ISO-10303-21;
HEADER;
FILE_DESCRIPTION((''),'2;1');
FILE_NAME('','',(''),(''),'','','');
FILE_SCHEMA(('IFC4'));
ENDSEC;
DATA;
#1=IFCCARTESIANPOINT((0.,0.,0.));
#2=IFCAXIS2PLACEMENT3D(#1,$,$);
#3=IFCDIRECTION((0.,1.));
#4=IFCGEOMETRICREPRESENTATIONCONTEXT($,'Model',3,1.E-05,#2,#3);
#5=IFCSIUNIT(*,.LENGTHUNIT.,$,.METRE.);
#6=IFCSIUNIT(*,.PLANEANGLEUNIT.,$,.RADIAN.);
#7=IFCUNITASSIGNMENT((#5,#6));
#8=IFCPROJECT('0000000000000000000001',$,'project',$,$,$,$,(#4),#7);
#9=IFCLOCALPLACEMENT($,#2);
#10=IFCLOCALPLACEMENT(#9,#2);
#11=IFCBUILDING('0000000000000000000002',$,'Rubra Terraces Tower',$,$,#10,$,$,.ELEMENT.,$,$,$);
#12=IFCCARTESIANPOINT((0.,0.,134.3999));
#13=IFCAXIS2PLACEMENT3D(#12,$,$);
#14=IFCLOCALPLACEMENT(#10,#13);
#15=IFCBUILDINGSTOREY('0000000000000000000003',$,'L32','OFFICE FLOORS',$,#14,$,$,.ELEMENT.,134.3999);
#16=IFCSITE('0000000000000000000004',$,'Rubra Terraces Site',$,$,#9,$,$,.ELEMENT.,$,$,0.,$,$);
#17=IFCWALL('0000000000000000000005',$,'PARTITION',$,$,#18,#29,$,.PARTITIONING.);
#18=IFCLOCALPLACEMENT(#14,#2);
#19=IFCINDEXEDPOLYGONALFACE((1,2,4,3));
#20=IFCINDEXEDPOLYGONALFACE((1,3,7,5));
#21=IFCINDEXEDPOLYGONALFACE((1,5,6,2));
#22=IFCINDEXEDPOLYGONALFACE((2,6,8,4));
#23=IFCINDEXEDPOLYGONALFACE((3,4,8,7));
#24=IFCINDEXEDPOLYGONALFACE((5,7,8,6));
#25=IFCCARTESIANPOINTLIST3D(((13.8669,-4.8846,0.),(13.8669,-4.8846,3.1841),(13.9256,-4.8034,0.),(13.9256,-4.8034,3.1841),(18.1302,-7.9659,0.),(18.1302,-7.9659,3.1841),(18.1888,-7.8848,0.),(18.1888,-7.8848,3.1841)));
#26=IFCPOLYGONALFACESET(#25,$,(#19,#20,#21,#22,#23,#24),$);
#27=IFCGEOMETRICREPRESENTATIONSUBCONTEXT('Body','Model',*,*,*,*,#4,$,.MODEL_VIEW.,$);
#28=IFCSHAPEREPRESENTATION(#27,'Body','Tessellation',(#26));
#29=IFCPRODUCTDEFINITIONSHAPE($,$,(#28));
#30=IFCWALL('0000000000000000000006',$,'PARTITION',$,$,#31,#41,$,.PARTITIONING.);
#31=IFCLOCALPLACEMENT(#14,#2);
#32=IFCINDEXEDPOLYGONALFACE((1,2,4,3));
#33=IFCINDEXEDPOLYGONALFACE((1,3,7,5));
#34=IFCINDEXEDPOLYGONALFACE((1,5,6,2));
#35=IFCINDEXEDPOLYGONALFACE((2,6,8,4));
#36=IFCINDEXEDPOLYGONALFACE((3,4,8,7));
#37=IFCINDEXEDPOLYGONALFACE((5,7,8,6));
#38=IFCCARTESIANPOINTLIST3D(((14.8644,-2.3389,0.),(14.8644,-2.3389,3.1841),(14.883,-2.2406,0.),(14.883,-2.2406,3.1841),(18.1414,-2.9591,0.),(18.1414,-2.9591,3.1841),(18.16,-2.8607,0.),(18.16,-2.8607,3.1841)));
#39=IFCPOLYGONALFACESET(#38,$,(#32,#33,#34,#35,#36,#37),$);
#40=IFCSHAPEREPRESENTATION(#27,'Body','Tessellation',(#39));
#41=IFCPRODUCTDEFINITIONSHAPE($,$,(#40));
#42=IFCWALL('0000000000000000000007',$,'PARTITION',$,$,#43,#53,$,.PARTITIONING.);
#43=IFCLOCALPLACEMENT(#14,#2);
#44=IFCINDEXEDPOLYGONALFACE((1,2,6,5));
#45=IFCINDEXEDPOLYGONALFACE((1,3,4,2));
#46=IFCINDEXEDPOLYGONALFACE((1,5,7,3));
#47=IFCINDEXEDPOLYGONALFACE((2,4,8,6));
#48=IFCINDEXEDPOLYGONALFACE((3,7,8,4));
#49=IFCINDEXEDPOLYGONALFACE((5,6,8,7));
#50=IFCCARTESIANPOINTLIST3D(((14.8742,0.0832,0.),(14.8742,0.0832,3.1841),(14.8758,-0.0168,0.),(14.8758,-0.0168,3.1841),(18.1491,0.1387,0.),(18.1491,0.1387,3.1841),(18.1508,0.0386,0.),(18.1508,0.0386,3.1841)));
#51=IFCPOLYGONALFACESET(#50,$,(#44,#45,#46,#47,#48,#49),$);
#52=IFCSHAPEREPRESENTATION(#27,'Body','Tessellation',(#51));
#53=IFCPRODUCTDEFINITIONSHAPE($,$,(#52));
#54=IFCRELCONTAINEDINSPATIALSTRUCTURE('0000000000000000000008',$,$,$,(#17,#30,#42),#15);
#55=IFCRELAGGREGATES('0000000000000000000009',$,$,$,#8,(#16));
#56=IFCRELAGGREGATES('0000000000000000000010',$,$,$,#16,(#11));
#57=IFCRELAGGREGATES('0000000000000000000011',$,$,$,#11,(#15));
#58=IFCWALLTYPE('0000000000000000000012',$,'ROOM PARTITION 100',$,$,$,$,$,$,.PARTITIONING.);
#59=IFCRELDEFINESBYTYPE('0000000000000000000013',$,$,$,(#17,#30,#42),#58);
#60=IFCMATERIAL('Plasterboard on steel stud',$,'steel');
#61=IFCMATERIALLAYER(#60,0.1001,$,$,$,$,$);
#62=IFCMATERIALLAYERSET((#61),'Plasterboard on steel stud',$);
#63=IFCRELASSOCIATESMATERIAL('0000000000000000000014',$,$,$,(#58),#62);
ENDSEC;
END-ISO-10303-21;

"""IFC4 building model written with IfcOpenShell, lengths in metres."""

from ifc_helpers import new_model, si_unit, direction, frame, frame_2d, origin, place, context, subcontext, project, spatial, rectangle, extrude, material, layer, layer_set, type_object, element, save


model = new_model("IFC4")

# Units and contexts
model_context = context("Model", 3, precision=1e-05, world=origin(), true_north=direction((0.0, 1.0)))
body_context = subcontext(model_context, "Body", "Model", "MODEL_VIEW")
ifc_project = project(units=[si_unit("LENGTHUNIT", "METRE"), si_unit("PLANEANGLEUNIT", "RADIAN")], contexts=[model_context])

# Site, building, storey
site_placement = place(None, origin())
site = spatial("IfcSite", under=ifc_project, at=site_placement, Name="Rubra Terraces Site", CompositionType="ELEMENT", RefElevation=0.0)
building_placement = place(site_placement, origin())
building = spatial("IfcBuilding", under=site, at=building_placement, Name="Rubra Terraces Tower", CompositionType="ELEMENT")
storey_placement = place(building_placement, frame((0.0, 0.0, 134.3999)))
storey = spatial("IfcBuildingStorey", under=building, at=storey_placement, Name="L32", Description="OFFICE FLOORS", CompositionType="ELEMENT", Elevation=134.3999)

# Shared definitions
ifc_material_1 = material(Name="Plasterboard on steel stud", Category="steel")
ifc_layer_1 = layer(ifc_material_1, 0.1001)
ifc_layer_set_1 = layer_set([ifc_layer_1], Name="Plasterboard on steel stud")
wall_type_1 = type_object("IfcWallType", Name="ROOM PARTITION 100", PredefinedType="PARTITIONING", material=ifc_layer_set_1)

# Walls
wall_1_placement = place(storey_placement, frame((13.8962, -4.844, 0.0), z_axis=(0.0, 0.0, 1.0), x_axis=(0.810469, -0.585782, 0.0)))
element("IfcWall", 1, at=wall_1_placement, inside=storey, type_object=wall_type_1, Name="PARTITION", PredefinedType="PARTITIONING", context=body_context, shape_type="SweptSolid", body=[
    extrude(rectangle(XDim=5.2603, YDim=0.1001, at=frame_2d((2.6301, 0.0))), origin(), (0.0, 0.0, 1.0), 3.1841),
])
wall_2_placement = place(storey_placement, frame((14.8738, -2.2898, 0.0), z_axis=(0.0, 0.0, 1.0), x_axis=(0.982563, -0.185928, 0.0)))
element("IfcWall", 2, at=wall_2_placement, inside=storey, type_object=wall_type_1, Name="PARTITION", PredefinedType="PARTITIONING", context=body_context, shape_type="SweptSolid", body=[
    extrude(rectangle(XDim=3.3352, YDim=0.1001, at=frame_2d((1.6675, 0.0))), origin(), (0.0, 0.0, 1.0), 3.1841),
])
wall_3_placement = place(storey_placement, frame((14.875, 0.0332, 0.0), z_axis=(0.0, 0.0, 1.0), x_axis=(0.999857, 0.01692, 0.0)))
element("IfcWall", 3, at=wall_3_placement, inside=storey, type_object=wall_type_1, Name="PARTITION", PredefinedType="PARTITIONING", context=body_context, shape_type="SweptSolid", body=[
    extrude(rectangle(XDim=3.2754, YDim=0.1001, at=frame_2d((1.6377, 0.0))), origin(), (0.0, 0.0, 1.0), 3.1841),
])

save(model, "model.ifc")
